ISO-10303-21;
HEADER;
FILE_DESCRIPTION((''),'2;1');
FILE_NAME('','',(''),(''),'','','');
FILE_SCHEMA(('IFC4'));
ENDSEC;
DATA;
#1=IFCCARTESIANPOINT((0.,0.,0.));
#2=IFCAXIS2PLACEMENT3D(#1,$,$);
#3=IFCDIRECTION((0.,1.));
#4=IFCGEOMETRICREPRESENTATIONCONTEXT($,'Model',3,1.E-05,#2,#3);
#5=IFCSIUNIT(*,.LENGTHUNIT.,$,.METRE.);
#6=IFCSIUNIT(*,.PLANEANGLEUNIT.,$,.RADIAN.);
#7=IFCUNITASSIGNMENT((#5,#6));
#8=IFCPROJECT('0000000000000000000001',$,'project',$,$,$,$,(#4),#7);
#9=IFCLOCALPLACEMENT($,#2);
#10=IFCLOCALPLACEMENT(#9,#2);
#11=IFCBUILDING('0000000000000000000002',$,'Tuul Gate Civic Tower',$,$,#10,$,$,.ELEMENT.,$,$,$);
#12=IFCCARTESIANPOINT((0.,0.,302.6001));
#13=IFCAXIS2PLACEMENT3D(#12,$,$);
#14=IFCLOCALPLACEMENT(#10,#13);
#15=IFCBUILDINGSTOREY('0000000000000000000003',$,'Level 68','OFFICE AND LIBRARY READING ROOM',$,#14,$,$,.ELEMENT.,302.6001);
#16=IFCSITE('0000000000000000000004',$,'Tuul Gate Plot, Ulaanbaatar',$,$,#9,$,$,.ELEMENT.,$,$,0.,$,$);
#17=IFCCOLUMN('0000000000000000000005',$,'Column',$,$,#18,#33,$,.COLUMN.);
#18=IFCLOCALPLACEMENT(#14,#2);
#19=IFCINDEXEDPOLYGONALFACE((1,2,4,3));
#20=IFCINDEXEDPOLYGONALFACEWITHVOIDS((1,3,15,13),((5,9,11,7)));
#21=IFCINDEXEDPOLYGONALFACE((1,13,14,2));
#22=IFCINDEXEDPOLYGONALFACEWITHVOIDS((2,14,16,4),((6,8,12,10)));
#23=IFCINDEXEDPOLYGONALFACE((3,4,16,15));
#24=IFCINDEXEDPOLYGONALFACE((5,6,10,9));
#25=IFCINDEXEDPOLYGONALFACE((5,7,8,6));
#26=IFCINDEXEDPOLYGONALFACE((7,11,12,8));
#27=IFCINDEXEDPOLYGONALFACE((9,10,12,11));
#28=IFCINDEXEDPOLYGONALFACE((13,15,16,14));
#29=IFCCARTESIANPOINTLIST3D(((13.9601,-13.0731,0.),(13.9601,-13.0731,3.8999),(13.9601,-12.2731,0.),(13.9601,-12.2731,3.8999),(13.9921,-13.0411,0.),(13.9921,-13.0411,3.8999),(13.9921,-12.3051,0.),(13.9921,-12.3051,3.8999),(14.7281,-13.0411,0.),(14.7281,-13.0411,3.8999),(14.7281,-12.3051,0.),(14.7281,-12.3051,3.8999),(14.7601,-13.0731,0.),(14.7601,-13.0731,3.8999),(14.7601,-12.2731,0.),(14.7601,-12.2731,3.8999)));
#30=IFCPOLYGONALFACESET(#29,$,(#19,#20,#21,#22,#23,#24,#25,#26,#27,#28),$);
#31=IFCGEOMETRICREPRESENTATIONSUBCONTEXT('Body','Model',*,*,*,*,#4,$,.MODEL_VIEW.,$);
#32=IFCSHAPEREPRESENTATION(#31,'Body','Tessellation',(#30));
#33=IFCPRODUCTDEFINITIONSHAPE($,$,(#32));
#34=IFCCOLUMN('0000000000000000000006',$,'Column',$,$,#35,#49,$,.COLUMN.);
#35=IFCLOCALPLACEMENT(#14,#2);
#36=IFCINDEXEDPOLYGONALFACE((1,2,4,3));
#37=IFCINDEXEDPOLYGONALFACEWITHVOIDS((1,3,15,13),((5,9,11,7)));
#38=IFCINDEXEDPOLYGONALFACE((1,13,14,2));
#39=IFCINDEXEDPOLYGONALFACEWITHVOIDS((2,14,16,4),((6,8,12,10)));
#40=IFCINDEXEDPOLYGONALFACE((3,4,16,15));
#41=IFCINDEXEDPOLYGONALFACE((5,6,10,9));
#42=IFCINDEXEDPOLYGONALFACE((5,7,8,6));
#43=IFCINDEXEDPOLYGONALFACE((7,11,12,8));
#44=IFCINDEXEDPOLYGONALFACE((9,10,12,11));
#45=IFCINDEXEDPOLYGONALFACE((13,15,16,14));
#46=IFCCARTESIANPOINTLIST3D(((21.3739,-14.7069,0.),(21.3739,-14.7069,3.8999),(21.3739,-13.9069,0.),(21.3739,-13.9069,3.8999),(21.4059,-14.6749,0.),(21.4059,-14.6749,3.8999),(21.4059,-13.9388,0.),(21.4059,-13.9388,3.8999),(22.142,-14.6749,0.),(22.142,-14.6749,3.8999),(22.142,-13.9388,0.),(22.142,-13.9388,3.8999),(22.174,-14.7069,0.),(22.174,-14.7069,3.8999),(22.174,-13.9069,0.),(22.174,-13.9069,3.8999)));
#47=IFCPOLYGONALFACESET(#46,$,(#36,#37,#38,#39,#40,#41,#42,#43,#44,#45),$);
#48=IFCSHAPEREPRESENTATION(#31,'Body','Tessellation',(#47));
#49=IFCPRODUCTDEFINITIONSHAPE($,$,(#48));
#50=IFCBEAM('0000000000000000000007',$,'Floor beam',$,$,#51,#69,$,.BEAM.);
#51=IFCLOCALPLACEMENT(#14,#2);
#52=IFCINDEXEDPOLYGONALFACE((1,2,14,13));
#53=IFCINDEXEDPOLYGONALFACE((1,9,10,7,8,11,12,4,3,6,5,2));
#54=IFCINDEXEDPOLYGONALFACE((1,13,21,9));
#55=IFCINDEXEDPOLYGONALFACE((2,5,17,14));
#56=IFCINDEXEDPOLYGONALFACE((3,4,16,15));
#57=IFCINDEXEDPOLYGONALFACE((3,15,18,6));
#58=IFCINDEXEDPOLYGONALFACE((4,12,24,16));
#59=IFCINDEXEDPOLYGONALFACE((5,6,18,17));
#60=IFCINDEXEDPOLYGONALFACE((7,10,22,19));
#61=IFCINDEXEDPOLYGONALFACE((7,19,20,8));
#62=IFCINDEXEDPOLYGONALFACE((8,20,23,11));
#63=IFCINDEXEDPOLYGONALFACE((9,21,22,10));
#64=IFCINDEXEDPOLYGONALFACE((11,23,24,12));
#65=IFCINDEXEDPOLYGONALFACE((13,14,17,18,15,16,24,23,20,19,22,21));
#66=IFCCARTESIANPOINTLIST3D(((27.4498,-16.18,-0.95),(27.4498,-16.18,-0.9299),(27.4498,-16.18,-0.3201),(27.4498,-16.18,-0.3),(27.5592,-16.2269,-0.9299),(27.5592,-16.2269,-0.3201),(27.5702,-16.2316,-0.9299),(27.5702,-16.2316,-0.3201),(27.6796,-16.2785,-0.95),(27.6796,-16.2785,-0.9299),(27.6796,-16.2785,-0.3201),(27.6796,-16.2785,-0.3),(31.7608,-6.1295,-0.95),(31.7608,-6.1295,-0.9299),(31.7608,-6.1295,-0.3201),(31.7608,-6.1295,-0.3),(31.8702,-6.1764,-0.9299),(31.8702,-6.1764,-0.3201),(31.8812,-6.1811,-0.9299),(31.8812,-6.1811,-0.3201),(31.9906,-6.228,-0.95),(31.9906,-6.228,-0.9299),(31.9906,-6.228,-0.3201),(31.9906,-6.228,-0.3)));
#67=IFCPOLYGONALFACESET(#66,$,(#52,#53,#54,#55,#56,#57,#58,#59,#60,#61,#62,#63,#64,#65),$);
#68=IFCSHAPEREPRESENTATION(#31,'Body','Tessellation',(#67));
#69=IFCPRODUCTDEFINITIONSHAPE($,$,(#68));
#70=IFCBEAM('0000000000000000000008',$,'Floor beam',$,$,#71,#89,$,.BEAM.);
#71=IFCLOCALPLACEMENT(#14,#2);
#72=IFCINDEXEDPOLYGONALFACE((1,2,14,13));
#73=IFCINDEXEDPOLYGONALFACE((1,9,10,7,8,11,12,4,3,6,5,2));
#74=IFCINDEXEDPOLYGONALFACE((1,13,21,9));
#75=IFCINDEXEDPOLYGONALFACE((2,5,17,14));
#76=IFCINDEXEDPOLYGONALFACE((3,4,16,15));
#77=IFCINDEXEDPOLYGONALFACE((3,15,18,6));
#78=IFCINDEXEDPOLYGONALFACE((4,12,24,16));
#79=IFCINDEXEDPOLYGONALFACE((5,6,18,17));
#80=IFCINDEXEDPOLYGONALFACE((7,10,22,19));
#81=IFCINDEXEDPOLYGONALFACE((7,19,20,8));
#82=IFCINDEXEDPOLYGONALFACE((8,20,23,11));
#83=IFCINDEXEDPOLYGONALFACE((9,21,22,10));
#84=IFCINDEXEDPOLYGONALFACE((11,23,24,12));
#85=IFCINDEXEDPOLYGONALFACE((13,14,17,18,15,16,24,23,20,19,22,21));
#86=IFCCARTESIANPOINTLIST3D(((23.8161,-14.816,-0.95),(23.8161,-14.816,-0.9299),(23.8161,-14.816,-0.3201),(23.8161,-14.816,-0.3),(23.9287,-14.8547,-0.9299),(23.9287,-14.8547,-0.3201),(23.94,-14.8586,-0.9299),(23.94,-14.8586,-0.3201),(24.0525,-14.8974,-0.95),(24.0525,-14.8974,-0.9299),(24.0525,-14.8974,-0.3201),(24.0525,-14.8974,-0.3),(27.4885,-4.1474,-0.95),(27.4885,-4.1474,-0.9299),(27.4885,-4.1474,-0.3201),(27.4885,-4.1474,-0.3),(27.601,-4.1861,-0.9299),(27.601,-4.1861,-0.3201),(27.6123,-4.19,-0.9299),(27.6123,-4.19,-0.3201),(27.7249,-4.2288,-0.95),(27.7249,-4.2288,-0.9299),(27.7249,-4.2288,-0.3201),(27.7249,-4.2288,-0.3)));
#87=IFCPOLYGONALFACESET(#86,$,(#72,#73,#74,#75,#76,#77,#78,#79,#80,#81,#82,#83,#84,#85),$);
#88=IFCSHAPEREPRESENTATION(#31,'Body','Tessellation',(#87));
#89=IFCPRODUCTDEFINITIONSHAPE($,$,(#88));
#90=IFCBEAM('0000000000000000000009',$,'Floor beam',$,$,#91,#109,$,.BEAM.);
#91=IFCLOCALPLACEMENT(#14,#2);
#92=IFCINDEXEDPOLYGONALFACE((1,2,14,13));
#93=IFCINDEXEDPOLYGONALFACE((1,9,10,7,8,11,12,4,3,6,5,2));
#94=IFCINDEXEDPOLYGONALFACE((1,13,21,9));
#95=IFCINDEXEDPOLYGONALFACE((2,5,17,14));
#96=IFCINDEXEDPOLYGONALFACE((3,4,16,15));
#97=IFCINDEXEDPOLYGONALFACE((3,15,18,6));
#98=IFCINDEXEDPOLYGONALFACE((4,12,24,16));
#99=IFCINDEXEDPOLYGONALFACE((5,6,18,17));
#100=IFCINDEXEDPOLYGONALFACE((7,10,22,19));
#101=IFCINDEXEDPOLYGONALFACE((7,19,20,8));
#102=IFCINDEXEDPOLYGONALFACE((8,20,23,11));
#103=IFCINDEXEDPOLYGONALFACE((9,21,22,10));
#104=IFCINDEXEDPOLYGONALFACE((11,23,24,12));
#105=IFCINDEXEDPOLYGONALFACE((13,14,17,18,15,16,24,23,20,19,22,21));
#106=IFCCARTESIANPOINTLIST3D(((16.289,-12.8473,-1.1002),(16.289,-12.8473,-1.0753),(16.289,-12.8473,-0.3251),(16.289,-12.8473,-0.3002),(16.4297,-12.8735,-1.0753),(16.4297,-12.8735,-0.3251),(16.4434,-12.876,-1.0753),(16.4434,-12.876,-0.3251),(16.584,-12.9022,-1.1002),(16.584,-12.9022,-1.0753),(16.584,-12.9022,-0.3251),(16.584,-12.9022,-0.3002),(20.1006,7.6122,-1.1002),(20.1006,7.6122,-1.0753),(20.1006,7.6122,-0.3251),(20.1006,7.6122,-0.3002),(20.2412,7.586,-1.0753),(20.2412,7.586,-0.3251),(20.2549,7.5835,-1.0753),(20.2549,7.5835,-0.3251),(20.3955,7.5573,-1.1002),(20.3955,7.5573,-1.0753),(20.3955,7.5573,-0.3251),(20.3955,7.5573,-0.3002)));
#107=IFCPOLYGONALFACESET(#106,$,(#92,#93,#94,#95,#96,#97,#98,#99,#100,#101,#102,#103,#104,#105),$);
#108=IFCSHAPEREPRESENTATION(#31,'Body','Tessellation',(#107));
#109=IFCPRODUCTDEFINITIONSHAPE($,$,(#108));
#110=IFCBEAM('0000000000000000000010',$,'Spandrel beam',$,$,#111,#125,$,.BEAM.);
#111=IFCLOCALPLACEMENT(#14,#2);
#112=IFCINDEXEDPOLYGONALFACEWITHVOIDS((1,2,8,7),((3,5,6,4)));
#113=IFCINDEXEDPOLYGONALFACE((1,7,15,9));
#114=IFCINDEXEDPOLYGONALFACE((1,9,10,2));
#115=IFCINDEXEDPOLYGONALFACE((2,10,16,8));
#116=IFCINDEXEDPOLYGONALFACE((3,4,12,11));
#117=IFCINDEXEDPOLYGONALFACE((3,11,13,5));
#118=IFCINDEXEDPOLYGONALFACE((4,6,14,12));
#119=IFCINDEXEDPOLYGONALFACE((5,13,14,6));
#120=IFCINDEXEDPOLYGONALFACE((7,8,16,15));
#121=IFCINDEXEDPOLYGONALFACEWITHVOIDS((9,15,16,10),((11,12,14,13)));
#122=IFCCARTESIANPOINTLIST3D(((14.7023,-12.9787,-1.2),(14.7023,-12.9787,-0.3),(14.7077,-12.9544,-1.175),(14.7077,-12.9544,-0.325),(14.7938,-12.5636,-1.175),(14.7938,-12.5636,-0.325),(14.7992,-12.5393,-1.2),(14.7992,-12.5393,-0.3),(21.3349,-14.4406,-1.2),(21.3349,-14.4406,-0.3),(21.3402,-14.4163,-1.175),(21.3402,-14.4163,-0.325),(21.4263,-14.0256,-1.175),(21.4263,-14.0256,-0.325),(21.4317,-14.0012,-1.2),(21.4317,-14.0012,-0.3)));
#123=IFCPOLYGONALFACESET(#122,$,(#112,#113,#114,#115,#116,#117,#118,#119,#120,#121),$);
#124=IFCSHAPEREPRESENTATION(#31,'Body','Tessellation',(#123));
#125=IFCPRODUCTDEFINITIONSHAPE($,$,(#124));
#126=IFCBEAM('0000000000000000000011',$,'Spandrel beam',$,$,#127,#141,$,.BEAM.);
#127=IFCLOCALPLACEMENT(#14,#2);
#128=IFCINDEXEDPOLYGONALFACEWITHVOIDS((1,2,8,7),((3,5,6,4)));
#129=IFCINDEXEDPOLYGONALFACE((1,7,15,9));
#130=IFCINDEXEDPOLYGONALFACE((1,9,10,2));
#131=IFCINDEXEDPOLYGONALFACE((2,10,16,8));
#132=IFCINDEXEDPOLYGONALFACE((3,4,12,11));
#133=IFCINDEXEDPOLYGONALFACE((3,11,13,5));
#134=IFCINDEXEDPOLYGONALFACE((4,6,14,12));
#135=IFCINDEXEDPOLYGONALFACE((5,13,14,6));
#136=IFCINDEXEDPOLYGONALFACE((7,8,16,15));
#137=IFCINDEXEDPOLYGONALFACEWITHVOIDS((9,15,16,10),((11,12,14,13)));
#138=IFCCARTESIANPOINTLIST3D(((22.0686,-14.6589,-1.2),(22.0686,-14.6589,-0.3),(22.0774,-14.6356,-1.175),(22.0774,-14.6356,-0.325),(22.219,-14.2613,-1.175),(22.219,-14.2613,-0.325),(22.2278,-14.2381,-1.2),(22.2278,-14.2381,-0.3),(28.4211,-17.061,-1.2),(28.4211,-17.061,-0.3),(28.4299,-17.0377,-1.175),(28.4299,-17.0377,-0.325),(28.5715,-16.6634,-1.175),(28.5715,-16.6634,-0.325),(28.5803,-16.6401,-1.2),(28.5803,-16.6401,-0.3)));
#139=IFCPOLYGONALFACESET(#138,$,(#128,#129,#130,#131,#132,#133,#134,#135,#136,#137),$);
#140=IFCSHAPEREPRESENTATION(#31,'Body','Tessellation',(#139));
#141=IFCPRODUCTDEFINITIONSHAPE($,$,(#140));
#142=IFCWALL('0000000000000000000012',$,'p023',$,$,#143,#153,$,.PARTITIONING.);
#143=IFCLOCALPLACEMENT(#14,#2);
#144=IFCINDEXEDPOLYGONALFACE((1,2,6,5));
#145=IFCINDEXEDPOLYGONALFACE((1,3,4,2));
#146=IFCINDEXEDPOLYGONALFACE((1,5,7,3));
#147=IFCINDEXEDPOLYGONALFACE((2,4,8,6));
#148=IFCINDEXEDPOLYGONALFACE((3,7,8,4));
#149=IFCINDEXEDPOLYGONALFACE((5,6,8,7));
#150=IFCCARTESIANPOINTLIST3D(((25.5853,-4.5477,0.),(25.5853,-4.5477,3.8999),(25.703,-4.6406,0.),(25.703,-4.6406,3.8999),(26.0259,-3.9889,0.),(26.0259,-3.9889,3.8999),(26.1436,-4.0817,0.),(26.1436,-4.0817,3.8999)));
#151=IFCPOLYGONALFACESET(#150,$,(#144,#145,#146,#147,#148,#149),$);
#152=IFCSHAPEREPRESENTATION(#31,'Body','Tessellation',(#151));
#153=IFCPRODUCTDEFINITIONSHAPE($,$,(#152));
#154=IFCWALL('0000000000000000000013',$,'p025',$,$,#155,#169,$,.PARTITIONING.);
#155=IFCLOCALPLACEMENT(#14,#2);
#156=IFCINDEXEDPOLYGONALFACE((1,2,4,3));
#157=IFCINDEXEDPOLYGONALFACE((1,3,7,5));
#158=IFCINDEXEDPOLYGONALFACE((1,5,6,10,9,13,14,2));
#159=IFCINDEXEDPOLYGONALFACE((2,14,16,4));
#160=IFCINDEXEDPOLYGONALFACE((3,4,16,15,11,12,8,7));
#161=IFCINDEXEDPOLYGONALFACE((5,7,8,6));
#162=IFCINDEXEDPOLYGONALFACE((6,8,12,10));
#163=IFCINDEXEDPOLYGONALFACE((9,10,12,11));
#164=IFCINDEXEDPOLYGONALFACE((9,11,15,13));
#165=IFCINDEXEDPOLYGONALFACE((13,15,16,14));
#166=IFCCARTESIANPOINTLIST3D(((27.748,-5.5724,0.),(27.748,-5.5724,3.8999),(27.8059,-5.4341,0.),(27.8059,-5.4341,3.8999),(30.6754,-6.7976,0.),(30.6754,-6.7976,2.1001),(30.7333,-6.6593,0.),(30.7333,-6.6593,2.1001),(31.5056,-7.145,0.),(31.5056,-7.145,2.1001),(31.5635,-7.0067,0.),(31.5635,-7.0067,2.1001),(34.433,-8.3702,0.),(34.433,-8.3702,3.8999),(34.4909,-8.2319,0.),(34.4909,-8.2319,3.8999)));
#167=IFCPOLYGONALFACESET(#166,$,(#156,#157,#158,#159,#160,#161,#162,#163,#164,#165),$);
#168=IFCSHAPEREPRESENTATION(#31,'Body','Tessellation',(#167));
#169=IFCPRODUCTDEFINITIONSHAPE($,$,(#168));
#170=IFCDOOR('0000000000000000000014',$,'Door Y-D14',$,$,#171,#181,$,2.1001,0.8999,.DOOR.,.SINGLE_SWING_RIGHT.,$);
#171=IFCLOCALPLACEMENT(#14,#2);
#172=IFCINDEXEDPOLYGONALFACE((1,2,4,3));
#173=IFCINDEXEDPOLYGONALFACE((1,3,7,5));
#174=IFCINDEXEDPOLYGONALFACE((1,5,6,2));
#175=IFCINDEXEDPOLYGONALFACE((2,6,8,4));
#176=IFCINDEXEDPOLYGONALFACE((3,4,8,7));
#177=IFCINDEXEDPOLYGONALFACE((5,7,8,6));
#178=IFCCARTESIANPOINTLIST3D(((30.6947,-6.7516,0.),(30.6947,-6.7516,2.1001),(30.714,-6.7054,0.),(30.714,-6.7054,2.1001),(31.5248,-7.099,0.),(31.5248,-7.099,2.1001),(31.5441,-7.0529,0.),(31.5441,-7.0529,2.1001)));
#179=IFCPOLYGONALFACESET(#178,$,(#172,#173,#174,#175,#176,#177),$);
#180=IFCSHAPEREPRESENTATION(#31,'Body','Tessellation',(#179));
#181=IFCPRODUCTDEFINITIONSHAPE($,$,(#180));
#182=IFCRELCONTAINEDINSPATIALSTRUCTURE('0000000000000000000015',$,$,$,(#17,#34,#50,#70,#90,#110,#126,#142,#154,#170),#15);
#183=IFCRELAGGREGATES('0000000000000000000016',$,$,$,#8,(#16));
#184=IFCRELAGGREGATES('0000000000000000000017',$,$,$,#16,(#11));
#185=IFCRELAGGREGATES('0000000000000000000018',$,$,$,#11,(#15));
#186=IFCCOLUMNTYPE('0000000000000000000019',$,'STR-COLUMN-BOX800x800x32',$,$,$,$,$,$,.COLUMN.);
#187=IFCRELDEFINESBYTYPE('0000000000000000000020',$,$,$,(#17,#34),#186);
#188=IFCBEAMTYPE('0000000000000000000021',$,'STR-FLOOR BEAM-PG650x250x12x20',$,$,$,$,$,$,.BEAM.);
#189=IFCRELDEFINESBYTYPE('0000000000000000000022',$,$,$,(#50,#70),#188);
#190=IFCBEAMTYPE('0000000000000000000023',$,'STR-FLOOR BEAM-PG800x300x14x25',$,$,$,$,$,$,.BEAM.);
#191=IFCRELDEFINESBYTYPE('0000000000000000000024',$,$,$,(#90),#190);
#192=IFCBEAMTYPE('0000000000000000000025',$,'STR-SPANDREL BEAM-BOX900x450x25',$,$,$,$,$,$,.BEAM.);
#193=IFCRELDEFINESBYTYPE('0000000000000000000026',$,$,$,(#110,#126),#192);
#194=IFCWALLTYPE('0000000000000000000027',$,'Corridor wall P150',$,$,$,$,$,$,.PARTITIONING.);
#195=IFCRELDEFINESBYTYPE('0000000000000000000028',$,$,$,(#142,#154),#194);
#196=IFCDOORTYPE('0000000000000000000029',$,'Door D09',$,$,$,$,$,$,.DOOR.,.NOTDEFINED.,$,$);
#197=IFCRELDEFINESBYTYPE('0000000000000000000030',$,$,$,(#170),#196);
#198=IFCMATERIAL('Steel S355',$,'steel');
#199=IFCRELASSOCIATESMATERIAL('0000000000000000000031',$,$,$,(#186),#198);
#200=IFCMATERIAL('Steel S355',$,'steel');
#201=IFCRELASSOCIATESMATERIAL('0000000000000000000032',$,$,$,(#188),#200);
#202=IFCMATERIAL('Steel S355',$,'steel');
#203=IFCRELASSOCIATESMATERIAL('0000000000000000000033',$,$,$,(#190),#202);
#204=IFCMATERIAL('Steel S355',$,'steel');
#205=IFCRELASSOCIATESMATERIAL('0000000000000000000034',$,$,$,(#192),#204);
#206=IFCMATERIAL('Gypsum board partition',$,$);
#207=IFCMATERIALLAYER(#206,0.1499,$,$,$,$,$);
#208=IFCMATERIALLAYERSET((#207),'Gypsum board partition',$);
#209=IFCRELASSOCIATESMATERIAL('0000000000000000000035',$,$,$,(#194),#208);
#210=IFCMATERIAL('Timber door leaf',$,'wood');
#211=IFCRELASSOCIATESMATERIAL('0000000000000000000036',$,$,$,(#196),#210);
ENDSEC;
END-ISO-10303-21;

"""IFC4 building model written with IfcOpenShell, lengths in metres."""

from ifc_helpers import new_model, si_unit, direction, frame, frame_2d, origin, origin_2d, place, context, subcontext, project, spatial, rectangle, hollow_rectangle, i_section, extrude, material, layer, layer_set, material_profile, profile_set, type_object, element, fill, save


model = new_model("IFC4")

# Units and contexts
model_context = context("Model", 3, precision=1e-05, world=origin(), true_north=direction((0.0, 1.0)))
body_context = subcontext(model_context, "Body", "Model", "MODEL_VIEW")
ifc_project = project(units=[si_unit("LENGTHUNIT", "METRE"), si_unit("PLANEANGLEUNIT", "RADIAN")], contexts=[model_context])

# Site, building, storey
site_placement = place(None, origin())
site = spatial("IfcSite", under=ifc_project, at=site_placement, Name="Tuul Gate Plot, Ulaanbaatar", CompositionType="ELEMENT", RefElevation=0.0)
building_placement = place(site_placement, origin())
building = spatial("IfcBuilding", under=site, at=building_placement, Name="Tuul Gate Civic Tower", CompositionType="ELEMENT")
storey_placement = place(building_placement, frame((0.0, 0.0, 302.6001)))
storey = spatial("IfcBuildingStorey", under=building, at=storey_placement, Name="Level 68", Description="OFFICE AND LIBRARY READING ROOM", CompositionType="ELEMENT", Elevation=302.6001)

# Columns
ifc_material_1 = material(Name="Steel S355", Category="steel")
ifc_material_profile_1 = material_profile(ifc_material_1, hollow_rectangle(XDim=0.8, YDim=0.8, WallThickness=0.032, at=origin_2d()), Name="BOX800x800x32")
ifc_profile_set_1 = profile_set([ifc_material_profile_1], Name="Steel S355")
column_type = type_object("IfcColumnType", Name="STR-COLUMN-BOX800x800x32", PredefinedType="COLUMN", material=ifc_profile_set_1)
for number, where, z_axis, x_axis, name in (
    (1, (14.3601, -12.6731, 0.0), (0.0, 0.0, 1.0), (1.0, 0.0, 0.0), "Column"),
    (2, (21.7739, -14.3069, 0.0), (0.0, 0.0, 1.0), (1.0, 0.0, 0.0), "Column"),
):
    element("IfcColumn", number, at=place(storey_placement, frame(where, z_axis=z_axis, x_axis=x_axis)), inside=storey, type_object=column_type, Name=name, PredefinedType="COLUMN", context=body_context, shape_type="SweptSolid", body=[
        extrude(hollow_rectangle(XDim=0.8, YDim=0.8, WallThickness=0.032, at=origin_2d()), origin(), (0.0, 0.0, 1.0), 3.8999),
    ])

# Beams
ifc_material_2 = material(Name="Steel S355", Category="steel")
ifc_material_profile_2 = material_profile(ifc_material_2, i_section(OverallWidth=0.25, OverallDepth=0.6499, WebThickness=0.012, FlangeThickness=0.02, at=origin_2d()), Name="PG650x250x12x20")
ifc_profile_set_2 = profile_set([ifc_material_profile_2], Name="Steel S355")
beam_type_1 = type_object("IfcBeamType", Name="STR-FLOOR BEAM-PG650x250x12x20", PredefinedType="BEAM", material=ifc_profile_set_2)
beam_1_placement = place(storey_placement, frame((27.5647, -16.2292, -0.625), z_axis=(0.394202, 0.919024, 0.0), x_axis=(-0.919024, 0.394202, 0.0)))
element("IfcBeam", 3, at=beam_1_placement, inside=storey, type_object=beam_type_1, Name="Floor beam", PredefinedType="BEAM", context=body_context, shape_type="SweptSolid", body=[
    extrude(i_section(OverallWidth=0.25, OverallDepth=0.6499, WebThickness=0.012, FlangeThickness=0.02, at=origin_2d()), origin(), (0.0, 0.0, 1.0), 10.936),
])
beam_2_placement = place(storey_placement, frame((23.9343, -14.8567, -0.625), z_axis=(0.325476, 0.94555, 0.0), x_axis=(-0.94555, 0.325476, 0.0)))
element("IfcBeam", 4, at=beam_2_placement, inside=storey, type_object=beam_type_1, Name="Floor beam", PredefinedType="BEAM", context=body_context, shape_type="SweptSolid", body=[
    extrude(i_section(OverallWidth=0.25, OverallDepth=0.6499, WebThickness=0.012, FlangeThickness=0.02, at=origin_2d()), origin(), (0.0, 0.0, 1.0), 11.283),
])
ifc_material_3 = material(Name="Steel S355", Category="steel")
ifc_material_profile_3 = material_profile(ifc_material_3, i_section(OverallWidth=0.3, OverallDepth=0.8, WebThickness=0.0139, FlangeThickness=0.0249, at=origin_2d()), Name="PG800x300x14x25")
ifc_profile_set_3 = profile_set([ifc_material_profile_3], Name="Steel S355")
beam_type_2 = type_object("IfcBeamType", Name="STR-FLOOR BEAM-PG800x300x14x25", PredefinedType="BEAM", material=ifc_profile_set_3)
beam_3_placement = place(storey_placement, frame((16.4365, -12.8748, -0.7002), z_axis=(0.183145, 0.983086, 0.0), x_axis=(-0.983086, 0.183145, 0.0)))
element("IfcBeam", 5, at=beam_3_placement, inside=storey, type_object=beam_type_2, Name="Floor beam", PredefinedType="BEAM", context=body_context, shape_type="SweptSolid", body=[
    extrude(i_section(OverallWidth=0.3, OverallDepth=0.8, WebThickness=0.0139, FlangeThickness=0.0249, at=origin_2d()), origin(), (0.0, 0.0, 1.0), 20.8115),
])
ifc_material_4 = material(Name="Steel S355", Category="steel")
ifc_material_profile_4 = material_profile(ifc_material_4, hollow_rectangle(XDim=0.45, YDim=0.8999, WallThickness=0.0249, at=origin_2d()), Name="BOX900x450x25")
ifc_profile_set_4 = profile_set([ifc_material_profile_4], Name="Steel S355")
beam_type_3 = type_object("IfcBeamType", Name="STR-SPANDREL BEAM-BOX900x450x25", PredefinedType="BEAM", material=ifc_profile_set_4)
beam_4_placement = place(storey_placement, frame((14.7507, -12.759, -0.75), z_axis=(0.976559, -0.215248, 0.0), x_axis=(0.215248, 0.976559, 0.0)))
element("IfcBeam", 6, at=beam_4_placement, inside=storey, type_object=beam_type_3, Name="Spandrel beam", PredefinedType="BEAM", context=body_context, shape_type="SweptSolid", body=[
    extrude(hollow_rectangle(XDim=0.45, YDim=0.8999, WallThickness=0.0249, at=origin_2d()), origin(), (0.0, 0.0, 1.0), 6.7917),
])
beam_5_placement = place(storey_placement, frame((22.1482, -14.4485, -0.75), z_axis=(0.935362, -0.353691, 0.0), x_axis=(0.353691, 0.935362, 0.0)))
element("IfcBeam", 7, at=beam_5_placement, inside=storey, type_object=beam_type_3, Name="Spandrel beam", PredefinedType="BEAM", context=body_context, shape_type="SweptSolid", body=[
    extrude(hollow_rectangle(XDim=0.45, YDim=0.8999, WallThickness=0.0249, at=origin_2d()), origin(), (0.0, 0.0, 1.0), 6.7915),
])

# Wall
ifc_material_5 = material(Name="Gypsum board partition")
ifc_layer_1 = layer(ifc_material_5, 0.1499)
ifc_layer_set_1 = layer_set([ifc_layer_1], Name="Gypsum board partition")
wall_type_1 = type_object("IfcWallType", Name="Corridor wall P150", PredefinedType="PARTITIONING", material=ifc_layer_set_1)
wall_1_placement = place(storey_placement, frame((25.644, -4.5942, 0.0), z_axis=(0.0, 0.0, 1.0), x_axis=(0.619199, 0.785234, 0.0)))
element("IfcWall", 8, at=wall_1_placement, inside=storey, type_object=wall_type_1, Name="p023", PredefinedType="PARTITIONING", context=body_context, shape_type="SweptSolid", body=[
    extrude(rectangle(XDim=0.7117, YDim=0.1499, at=frame_2d((0.356, 0.0))), origin(), (0.0, 0.0, 1.0), 3.8999),
])

# Wall, opening, door
wall_2_placement = place(storey_placement, frame((27.7769, -5.5032, 0.0), z_axis=(0.0, 0.0, 1.0), x_axis=(0.922468, -0.386074, 0.0)))
wall_2 = element("IfcWall", 9, at=wall_2_placement, inside=storey, type_object=wall_type_1, Name="p025", PredefinedType="PARTITIONING", context=body_context, shape_type="SweptSolid", body=[
    extrude(rectangle(XDim=7.2468, YDim=0.1499, at=frame_2d((3.6235, 0.0))), origin(), (0.0, 0.0, 1.0), 3.8999),
])
opening_1_placement = place(wall_2_placement, frame((3.1736, 0.0, 0.0)))
opening_1 = element("IfcOpeningElement", 10, at=opening_1_placement, cuts=wall_2, PredefinedType="OPENING", context=body_context, shape_type="SweptSolid", body=[
    extrude(rectangle(XDim=0.8999, YDim=2.1001, at=frame_2d((0.45, 1.05))), frame((0.0, 0.085, 0.0), z_axis=(0.0, -1.0, 0.0), x_axis=(1.0, 0.0, 0.0)), (0.0, 0.0, 1.0), 0.1699),
])
ifc_material_6 = material(Name="Timber door leaf", Category="wood")
door_type_1 = type_object("IfcDoorType", Name="Door D09", OperationType="NOTDEFINED", PredefinedType="DOOR", material=ifc_material_6)
door_1_placement = place(opening_1_placement, origin())
door_1 = element("IfcDoor", 11, at=door_1_placement, inside=storey, type_object=door_type_1, Name="Door Y-D14", OperationType="SINGLE_SWING_RIGHT", OverallHeight=2.1001, OverallWidth=0.8999, PredefinedType="DOOR", context=body_context, shape_type="SweptSolid", body=[
    extrude(rectangle(XDim=0.8999, YDim=2.1001, at=frame_2d((0.45, 1.05))), frame((0.0, 0.0249, 0.0), z_axis=(0.0, -1.0, 0.0), x_axis=(1.0, 0.0, 0.0)), (0.0, 0.0, 1.0), 0.05),
])
fill(opening_1, door_1)

save(model, "model.ifc")
